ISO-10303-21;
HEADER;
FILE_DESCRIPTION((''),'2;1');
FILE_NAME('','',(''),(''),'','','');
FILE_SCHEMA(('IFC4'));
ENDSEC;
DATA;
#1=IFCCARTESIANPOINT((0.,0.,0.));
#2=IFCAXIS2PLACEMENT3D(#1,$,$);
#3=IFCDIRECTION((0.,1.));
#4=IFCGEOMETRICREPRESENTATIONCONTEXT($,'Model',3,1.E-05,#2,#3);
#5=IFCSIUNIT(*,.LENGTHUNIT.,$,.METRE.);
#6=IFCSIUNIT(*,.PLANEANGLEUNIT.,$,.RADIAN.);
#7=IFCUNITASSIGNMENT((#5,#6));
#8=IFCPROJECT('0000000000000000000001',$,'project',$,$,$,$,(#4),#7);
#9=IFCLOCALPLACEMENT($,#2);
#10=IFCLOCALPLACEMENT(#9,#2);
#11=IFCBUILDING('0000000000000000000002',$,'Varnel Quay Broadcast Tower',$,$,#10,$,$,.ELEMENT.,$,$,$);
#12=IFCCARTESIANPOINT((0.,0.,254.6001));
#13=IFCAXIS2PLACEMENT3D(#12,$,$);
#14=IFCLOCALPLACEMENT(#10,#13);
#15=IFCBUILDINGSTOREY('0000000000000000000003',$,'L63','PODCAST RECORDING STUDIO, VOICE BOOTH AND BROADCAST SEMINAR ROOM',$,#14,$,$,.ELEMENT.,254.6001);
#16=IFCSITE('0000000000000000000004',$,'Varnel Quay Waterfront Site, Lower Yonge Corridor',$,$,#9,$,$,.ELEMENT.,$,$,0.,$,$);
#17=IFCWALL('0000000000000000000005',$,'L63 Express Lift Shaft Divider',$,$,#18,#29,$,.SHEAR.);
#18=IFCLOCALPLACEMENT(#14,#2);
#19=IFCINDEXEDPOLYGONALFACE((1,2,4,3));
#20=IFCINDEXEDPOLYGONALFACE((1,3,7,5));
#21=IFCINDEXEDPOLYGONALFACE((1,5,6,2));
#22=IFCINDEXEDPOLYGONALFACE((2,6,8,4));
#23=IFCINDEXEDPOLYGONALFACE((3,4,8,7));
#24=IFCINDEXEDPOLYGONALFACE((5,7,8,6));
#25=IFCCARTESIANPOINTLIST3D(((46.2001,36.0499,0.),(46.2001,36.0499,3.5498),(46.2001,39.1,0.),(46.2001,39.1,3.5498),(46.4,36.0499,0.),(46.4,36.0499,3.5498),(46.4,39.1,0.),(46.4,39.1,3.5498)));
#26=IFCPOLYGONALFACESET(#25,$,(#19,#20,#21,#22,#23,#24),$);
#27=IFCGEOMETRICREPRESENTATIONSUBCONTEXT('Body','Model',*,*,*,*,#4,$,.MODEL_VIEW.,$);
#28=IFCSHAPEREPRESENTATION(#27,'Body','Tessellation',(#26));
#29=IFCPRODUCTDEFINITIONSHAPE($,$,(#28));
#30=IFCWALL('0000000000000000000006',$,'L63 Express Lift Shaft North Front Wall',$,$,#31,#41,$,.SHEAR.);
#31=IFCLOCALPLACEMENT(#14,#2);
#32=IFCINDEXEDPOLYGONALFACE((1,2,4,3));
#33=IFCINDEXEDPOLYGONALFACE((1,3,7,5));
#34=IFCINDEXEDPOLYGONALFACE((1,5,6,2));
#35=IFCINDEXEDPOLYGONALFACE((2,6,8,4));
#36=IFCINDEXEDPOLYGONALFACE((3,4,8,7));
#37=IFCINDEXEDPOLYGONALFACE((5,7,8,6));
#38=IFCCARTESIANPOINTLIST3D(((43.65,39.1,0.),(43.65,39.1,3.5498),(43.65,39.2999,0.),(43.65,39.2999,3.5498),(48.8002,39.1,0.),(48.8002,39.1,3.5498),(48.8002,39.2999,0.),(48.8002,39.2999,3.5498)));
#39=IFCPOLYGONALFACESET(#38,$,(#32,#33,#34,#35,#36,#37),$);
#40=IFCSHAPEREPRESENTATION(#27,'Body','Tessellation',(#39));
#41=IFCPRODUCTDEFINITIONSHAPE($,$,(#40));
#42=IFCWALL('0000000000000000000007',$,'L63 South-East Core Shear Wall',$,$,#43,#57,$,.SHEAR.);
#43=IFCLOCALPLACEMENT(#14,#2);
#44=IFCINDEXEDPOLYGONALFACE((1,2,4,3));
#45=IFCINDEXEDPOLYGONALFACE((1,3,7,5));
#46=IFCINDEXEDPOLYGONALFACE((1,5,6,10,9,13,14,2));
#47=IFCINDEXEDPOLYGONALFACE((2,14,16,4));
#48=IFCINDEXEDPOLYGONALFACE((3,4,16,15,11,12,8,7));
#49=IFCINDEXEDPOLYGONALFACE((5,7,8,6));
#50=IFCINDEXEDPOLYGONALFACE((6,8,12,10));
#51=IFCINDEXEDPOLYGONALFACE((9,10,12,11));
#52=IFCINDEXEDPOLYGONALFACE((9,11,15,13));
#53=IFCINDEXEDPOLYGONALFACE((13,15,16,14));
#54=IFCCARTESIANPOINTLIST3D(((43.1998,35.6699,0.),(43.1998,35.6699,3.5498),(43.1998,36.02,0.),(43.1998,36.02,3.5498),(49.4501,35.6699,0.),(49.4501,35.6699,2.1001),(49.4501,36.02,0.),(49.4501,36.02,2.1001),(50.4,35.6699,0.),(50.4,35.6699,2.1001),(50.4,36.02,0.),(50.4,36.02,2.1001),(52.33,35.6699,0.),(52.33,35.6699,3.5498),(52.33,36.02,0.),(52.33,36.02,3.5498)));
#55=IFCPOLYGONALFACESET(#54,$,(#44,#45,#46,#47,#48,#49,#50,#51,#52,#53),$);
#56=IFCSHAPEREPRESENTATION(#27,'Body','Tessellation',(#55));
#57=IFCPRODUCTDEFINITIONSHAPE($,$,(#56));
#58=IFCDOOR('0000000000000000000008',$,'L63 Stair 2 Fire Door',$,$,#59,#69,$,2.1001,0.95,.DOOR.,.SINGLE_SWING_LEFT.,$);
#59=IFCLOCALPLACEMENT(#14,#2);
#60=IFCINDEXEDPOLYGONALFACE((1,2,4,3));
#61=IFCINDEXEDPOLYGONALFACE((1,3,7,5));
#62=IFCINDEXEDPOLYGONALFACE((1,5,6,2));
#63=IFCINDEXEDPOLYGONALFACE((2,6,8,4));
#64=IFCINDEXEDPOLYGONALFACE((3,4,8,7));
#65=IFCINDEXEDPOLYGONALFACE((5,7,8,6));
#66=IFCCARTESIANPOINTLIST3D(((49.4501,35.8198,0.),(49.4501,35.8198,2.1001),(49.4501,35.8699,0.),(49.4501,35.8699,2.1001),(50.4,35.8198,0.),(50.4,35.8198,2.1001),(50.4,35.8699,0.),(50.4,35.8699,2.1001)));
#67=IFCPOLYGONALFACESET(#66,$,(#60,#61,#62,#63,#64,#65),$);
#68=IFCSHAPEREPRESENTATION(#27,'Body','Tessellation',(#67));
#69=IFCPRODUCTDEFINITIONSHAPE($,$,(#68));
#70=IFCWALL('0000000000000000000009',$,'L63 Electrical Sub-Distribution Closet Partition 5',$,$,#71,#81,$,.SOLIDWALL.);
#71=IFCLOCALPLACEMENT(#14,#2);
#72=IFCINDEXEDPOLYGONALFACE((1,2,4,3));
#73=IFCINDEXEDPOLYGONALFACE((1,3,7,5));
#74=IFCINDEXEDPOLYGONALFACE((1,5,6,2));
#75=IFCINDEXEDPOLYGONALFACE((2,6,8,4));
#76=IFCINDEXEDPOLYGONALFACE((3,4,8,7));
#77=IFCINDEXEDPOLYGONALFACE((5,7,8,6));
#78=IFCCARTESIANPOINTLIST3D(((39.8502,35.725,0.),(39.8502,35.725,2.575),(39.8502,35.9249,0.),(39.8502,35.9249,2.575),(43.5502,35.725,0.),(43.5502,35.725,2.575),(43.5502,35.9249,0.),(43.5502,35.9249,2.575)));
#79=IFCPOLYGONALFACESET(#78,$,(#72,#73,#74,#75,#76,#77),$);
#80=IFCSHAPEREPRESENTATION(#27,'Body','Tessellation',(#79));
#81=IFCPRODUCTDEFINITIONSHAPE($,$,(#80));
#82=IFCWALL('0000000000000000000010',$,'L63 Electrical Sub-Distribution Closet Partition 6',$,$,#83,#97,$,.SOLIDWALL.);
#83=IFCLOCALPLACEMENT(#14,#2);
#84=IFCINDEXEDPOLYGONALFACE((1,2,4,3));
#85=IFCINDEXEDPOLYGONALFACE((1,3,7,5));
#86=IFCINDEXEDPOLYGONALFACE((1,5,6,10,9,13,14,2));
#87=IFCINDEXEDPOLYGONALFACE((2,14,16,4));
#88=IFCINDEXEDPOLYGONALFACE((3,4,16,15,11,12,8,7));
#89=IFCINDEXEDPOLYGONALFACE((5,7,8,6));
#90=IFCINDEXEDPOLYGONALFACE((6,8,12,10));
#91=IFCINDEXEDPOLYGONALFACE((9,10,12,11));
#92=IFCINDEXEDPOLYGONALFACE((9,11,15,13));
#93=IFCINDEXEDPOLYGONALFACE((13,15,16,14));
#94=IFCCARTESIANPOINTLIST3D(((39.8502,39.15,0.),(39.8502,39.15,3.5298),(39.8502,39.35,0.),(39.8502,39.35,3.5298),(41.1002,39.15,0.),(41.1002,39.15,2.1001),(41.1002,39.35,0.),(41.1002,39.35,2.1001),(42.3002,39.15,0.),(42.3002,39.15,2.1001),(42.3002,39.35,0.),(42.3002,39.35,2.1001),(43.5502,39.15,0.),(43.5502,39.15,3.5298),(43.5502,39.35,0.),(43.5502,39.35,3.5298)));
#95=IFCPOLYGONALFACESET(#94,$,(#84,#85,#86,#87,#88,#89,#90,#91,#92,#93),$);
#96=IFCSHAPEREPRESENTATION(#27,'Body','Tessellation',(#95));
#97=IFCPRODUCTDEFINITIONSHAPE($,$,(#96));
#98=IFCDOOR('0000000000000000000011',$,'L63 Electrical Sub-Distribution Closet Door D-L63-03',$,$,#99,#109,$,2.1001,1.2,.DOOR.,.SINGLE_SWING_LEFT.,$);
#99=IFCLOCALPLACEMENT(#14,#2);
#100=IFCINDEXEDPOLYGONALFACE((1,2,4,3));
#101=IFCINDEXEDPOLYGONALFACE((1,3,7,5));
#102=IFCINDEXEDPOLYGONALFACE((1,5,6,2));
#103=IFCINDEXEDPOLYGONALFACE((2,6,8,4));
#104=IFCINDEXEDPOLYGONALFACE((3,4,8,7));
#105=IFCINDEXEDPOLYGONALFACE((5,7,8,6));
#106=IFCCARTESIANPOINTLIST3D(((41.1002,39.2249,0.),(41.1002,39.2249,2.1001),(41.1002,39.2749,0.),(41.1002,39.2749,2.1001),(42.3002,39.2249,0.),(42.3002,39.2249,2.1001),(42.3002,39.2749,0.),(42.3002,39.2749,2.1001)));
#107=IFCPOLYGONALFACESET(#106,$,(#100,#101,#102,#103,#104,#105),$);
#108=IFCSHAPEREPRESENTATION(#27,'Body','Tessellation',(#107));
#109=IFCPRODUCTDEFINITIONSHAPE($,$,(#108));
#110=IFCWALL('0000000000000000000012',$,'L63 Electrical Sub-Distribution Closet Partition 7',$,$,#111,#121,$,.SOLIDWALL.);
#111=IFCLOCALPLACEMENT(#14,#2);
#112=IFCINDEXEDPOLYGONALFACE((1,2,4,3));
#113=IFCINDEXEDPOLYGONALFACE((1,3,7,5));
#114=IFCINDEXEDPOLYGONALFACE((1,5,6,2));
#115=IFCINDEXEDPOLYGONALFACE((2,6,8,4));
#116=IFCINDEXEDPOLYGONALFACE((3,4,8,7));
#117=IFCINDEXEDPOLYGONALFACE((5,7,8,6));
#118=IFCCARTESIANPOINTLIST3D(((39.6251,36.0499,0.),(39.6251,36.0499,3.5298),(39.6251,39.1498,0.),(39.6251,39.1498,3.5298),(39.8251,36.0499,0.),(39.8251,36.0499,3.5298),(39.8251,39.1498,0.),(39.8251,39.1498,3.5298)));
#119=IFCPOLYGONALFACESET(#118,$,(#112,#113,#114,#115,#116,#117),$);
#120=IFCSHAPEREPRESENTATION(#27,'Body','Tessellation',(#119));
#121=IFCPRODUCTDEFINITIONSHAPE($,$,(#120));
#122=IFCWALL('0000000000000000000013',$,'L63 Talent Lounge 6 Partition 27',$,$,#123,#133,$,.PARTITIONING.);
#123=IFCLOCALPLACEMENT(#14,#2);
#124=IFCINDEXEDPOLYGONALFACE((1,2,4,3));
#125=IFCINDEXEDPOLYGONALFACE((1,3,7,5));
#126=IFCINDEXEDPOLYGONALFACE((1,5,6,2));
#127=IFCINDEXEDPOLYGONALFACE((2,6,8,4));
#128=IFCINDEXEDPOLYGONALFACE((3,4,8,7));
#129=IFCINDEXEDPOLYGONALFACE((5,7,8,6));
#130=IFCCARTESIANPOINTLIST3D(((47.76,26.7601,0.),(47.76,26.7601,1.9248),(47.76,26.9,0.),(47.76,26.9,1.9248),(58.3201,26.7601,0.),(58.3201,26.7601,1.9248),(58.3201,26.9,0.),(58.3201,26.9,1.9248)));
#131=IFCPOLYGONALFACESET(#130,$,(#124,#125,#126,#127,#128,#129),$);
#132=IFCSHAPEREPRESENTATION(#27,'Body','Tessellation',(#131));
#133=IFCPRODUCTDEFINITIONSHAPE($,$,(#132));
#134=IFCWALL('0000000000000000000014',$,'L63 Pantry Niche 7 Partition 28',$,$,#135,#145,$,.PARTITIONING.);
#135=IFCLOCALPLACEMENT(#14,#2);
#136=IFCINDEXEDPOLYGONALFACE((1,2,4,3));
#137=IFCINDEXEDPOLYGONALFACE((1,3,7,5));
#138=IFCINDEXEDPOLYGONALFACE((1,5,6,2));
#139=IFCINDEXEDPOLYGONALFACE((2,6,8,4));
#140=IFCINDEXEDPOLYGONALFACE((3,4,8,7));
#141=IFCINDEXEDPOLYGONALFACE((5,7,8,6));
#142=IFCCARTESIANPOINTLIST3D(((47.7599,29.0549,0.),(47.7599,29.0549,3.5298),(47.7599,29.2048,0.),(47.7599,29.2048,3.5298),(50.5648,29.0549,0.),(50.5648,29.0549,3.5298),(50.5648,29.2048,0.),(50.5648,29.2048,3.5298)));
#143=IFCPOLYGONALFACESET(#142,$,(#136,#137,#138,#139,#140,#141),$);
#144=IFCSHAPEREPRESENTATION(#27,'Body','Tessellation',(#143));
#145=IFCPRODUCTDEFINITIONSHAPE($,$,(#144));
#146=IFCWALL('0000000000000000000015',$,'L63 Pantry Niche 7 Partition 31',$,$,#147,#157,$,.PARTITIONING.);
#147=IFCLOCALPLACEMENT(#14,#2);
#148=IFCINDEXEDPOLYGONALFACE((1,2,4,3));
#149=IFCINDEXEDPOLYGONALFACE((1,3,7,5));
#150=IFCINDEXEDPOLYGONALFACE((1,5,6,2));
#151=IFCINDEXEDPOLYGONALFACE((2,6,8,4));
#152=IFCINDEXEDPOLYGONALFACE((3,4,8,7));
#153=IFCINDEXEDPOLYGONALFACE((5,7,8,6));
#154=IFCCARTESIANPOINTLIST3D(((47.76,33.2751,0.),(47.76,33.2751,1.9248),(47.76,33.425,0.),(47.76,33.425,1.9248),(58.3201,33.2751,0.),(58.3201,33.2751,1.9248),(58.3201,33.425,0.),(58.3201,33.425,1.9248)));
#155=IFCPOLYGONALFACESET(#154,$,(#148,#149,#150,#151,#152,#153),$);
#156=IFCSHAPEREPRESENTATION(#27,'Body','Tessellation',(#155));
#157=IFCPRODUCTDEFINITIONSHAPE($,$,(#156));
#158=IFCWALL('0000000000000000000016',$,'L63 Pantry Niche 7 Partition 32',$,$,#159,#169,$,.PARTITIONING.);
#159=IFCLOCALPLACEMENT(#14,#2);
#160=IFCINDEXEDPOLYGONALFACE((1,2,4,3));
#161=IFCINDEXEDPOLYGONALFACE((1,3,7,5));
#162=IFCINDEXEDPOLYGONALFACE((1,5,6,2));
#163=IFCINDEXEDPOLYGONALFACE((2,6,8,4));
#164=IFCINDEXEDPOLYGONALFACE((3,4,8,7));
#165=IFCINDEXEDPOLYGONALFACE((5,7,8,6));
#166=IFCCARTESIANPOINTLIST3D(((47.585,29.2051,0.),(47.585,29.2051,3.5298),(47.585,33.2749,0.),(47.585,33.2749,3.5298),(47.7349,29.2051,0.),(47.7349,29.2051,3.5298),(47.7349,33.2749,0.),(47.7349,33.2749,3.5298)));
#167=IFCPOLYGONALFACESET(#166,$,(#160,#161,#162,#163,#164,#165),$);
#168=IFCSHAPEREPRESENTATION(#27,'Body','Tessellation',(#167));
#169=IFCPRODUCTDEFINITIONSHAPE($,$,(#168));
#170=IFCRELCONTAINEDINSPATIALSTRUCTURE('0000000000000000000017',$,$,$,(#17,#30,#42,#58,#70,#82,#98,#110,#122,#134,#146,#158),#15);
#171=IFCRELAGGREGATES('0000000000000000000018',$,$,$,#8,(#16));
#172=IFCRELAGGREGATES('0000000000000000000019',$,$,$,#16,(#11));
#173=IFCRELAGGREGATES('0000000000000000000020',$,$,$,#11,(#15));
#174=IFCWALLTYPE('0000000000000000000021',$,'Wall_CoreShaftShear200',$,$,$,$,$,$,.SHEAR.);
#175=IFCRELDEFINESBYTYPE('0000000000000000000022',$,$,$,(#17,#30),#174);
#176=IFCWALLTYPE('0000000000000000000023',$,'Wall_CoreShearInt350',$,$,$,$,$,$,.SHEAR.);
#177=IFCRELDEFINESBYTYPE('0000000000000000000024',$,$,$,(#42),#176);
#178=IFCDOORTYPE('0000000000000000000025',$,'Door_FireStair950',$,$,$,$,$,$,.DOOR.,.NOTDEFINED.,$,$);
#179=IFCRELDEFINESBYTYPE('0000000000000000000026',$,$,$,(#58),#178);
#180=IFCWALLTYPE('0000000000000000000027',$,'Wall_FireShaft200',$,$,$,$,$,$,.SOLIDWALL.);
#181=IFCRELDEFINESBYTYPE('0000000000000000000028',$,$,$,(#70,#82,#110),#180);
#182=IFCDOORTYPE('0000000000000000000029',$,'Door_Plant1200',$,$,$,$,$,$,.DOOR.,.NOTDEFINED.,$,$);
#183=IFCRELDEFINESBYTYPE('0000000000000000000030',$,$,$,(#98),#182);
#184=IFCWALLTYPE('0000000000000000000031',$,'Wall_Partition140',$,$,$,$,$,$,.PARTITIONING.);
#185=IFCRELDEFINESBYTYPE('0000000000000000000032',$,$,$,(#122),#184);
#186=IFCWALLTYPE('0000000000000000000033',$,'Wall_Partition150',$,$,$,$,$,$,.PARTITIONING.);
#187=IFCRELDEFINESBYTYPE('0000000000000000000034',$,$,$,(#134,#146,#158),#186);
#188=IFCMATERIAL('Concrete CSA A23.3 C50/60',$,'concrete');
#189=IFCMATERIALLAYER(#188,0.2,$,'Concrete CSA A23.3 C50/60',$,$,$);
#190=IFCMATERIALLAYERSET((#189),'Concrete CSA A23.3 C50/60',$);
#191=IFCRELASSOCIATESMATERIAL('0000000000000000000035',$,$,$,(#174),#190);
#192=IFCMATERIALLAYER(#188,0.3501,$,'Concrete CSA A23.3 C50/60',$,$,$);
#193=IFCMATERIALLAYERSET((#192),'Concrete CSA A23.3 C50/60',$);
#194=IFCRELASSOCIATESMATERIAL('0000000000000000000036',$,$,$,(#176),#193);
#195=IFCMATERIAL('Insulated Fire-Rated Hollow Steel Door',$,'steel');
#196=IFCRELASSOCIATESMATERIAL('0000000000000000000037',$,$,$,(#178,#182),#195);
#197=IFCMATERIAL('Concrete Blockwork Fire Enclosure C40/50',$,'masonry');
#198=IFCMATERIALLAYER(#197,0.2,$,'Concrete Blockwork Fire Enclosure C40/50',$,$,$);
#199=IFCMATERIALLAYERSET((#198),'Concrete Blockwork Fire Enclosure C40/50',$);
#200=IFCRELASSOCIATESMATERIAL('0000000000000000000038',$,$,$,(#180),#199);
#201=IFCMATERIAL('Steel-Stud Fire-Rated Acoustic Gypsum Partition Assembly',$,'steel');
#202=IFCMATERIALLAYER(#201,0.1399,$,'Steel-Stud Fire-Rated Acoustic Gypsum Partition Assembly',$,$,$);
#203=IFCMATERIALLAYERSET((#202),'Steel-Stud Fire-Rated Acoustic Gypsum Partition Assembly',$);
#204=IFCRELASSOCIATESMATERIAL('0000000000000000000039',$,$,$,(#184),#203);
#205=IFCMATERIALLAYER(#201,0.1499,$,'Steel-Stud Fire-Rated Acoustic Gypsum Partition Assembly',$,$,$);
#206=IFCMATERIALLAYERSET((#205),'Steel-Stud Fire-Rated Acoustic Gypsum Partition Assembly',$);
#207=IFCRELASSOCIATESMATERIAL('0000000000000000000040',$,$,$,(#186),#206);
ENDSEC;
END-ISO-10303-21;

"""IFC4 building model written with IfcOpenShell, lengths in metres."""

from ifc_helpers import new_model, si_unit, direction, frame, frame_2d, origin, place, context, subcontext, project, spatial, rectangle, extrude, source, transform, mapped, material, layer, layer_set, type_object, type_shapes, element, fill, save


model = new_model("IFC4")

# Units and contexts
model_context = context("Model", 3, precision=1e-05, world=origin(), true_north=direction((0.0, 1.0)))
body_context = subcontext(model_context, "Body", "Model", "MODEL_VIEW")
ifc_project = project(units=[si_unit("LENGTHUNIT", "METRE"), si_unit("PLANEANGLEUNIT", "RADIAN")], contexts=[model_context])

# Site, building, storey
site_placement = place(None, origin())
site = spatial("IfcSite", under=ifc_project, at=site_placement, Name="Varnel Quay Waterfront Site, Lower Yonge Corridor", CompositionType="ELEMENT", RefElevation=0.0)
building_placement = place(site_placement, origin())
building = spatial("IfcBuilding", under=site, at=building_placement, Name="Varnel Quay Broadcast Tower", CompositionType="ELEMENT")
storey_placement = place(building_placement, frame((0.0, 0.0, 254.6001)))
storey = spatial("IfcBuildingStorey", under=building, at=storey_placement, Name="L63", Description="PODCAST RECORDING STUDIO, VOICE BOOTH AND BROADCAST SEMINAR ROOM", CompositionType="ELEMENT", Elevation=254.6001)

# Shared definitions
ifc_material_1 = material(Name="Concrete CSA A23.3 C50/60", Category="concrete")

# Walls
ifc_layer_1 = layer(ifc_material_1, 0.2, Name="Concrete CSA A23.3 C50/60")
ifc_layer_set_1 = layer_set([ifc_layer_1], Name="Concrete CSA A23.3 C50/60")
wall_type_1 = type_object("IfcWallType", Name="Wall_CoreShaftShear200", PredefinedType="SHEAR", material=ifc_layer_set_1)
for number, where, z_axis, x_axis, name in (
    (1, (46.3, 36.05, 0.0), (0.0, 0.0, 1.0), (0.0, 1.0, 0.0), "L63 Express Lift Shaft Divider"),
):
    element("IfcWall", number, at=place(storey_placement, frame(where, z_axis=z_axis, x_axis=x_axis)), inside=storey, type_object=wall_type_1, Name=name, PredefinedType="SHEAR", context=body_context, shape_type="SweptSolid", body=[
        extrude(rectangle(XDim=3.05, YDim=0.2, at=frame_2d((1.5249, 0.0))), origin(), (0.0, 0.0, 1.0), 3.5498),
    ])
wall_1_placement = place(storey_placement, frame((43.6499, 39.2, 0.0), z_axis=(0.0, 0.0, 1.0), x_axis=(1.0, 0.0, 0.0)))
element("IfcWall", 2, at=wall_1_placement, inside=storey, type_object=wall_type_1, Name="L63 Express Lift Shaft North Front Wall", PredefinedType="SHEAR", context=body_context, shape_type="SweptSolid", body=[
    extrude(rectangle(XDim=5.1501, YDim=0.2, at=frame_2d((2.5752, 0.0))), origin(), (0.0, 0.0, 1.0), 3.5498),
])

# Wall, opening, door
ifc_layer_2 = layer(ifc_material_1, 0.3501, Name="Concrete CSA A23.3 C50/60")
ifc_layer_set_2 = layer_set([ifc_layer_2], Name="Concrete CSA A23.3 C50/60")
wall_type_2 = type_object("IfcWallType", Name="Wall_CoreShearInt350", PredefinedType="SHEAR", material=ifc_layer_set_2)
wall_2_placement = place(storey_placement, frame((43.2, 35.845, 0.0), z_axis=(0.0, 0.0, 1.0), x_axis=(1.0, 0.0, 0.0)))
wall_2 = element("IfcWall", 3, at=wall_2_placement, inside=storey, type_object=wall_type_2, Name="L63 South-East Core Shear Wall", PredefinedType="SHEAR", context=body_context, shape_type="SweptSolid", body=[
    extrude(rectangle(XDim=9.1301, YDim=0.3501, at=frame_2d((4.5649, 0.0))), origin(), (0.0, 0.0, 1.0), 3.5498),
])
opening_1_placement = place(wall_2_placement, frame((6.25, 0.0, 0.0)))
opening_1 = element("IfcOpeningElement", 4, at=opening_1_placement, cuts=wall_2, PredefinedType="OPENING", context=body_context, shape_type="SweptSolid", body=[
    extrude(rectangle(XDim=0.95, YDim=2.1001, at=frame_2d((0.4751, 1.05))), frame((0.0, 0.1851, 0.0), z_axis=(0.0, -1.0, 0.0), x_axis=(1.0, 0.0, 0.0)), (0.0, 0.0, 1.0), 0.3701),
])
ifc_material_2 = material(Name="Insulated Fire-Rated Hollow Steel Door", Category="steel")
door_type_1 = type_object("IfcDoorType", Name="Door_FireStair950", OperationType="NOTDEFINED", PredefinedType="DOOR", material=ifc_material_2)
shared_shape_1 = source(origin(), body_context, "Body", "SweptSolid", [
    extrude(rectangle(XDim=0.95, YDim=2.1001, at=frame_2d((0.4751, 1.05))), frame((0.0, 0.0249, 0.0), z_axis=(0.0, -1.0, 0.0), x_axis=(1.0, 0.0, 0.0)), (0.0, 0.0, 1.0), 0.05),
])
type_shapes(door_type_1, [shared_shape_1])
door_1_placement = place(opening_1_placement, origin())
door_1 = element("IfcDoor", 5, at=door_1_placement, inside=storey, type_object=door_type_1, Name="L63 Stair 2 Fire Door", OperationType="SINGLE_SWING_LEFT", OverallHeight=2.1001, OverallWidth=0.95, PredefinedType="DOOR", context=body_context, shape_type="MappedRepresentation", body=[
    mapped(shared_shape_1, transform((0.0, 0.0, 0.0), x_axis=(1.0, 0.0, 0.0), y_axis=(0.0, 1.0, 0.0), z_axis=(0.0, 0.0, 1.0), scale=1.0)),
])
fill(opening_1, door_1)

# Wall
ifc_material_3 = material(Name="Concrete Blockwork Fire Enclosure C40/50", Category="masonry")
ifc_layer_3 = layer(ifc_material_3, 0.2, Name="Concrete Blockwork Fire Enclosure C40/50")
ifc_layer_set_3 = layer_set([ifc_layer_3], Name="Concrete Blockwork Fire Enclosure C40/50")
wall_type_3 = type_object("IfcWallType", Name="Wall_FireShaft200", PredefinedType="SOLIDWALL", material=ifc_layer_set_3)
wall_3_placement = place(storey_placement, frame((39.8501, 35.825, 0.0), z_axis=(0.0, 0.0, 1.0), x_axis=(1.0, 0.0, 0.0)))
element("IfcWall", 6, at=wall_3_placement, inside=storey, type_object=wall_type_3, Name="L63 Electrical Sub-Distribution Closet Partition 5", PredefinedType="SOLIDWALL", context=body_context, shape_type="SweptSolid", body=[
    extrude(rectangle(XDim=3.7, YDim=0.2, at=frame_2d((1.8501, 0.0))), origin(), (0.0, 0.0, 1.0), 2.575),
])

# Wall, opening, door
wall_4_placement = place(storey_placement, frame((39.8501, 39.25, 0.0), z_axis=(0.0, 0.0, 1.0), x_axis=(1.0, 0.0, 0.0)))
wall_4 = element("IfcWall", 7, at=wall_4_placement, inside=storey, type_object=wall_type_3, Name="L63 Electrical Sub-Distribution Closet Partition 6", PredefinedType="SOLIDWALL", context=body_context, shape_type="SweptSolid", body=[
    extrude(rectangle(XDim=3.7, YDim=0.2, at=frame_2d((1.8501, 0.0))), origin(), (0.0, 0.0, 1.0), 3.5298),
])
opening_2_placement = place(wall_4_placement, frame((1.25, 0.0, 0.0)))
opening_2 = element("IfcOpeningElement", 8, at=opening_2_placement, cuts=wall_4, PredefinedType="OPENING", context=body_context, shape_type="SweptSolid", body=[
    extrude(rectangle(XDim=1.2, YDim=2.1001, at=frame_2d((0.6001, 1.05))), frame((0.0, 0.1099, 0.0), z_axis=(0.0, -1.0, 0.0), x_axis=(1.0, 0.0, 0.0)), (0.0, 0.0, 1.0), 0.22),
])
door_type_2 = type_object("IfcDoorType", Name="Door_Plant1200", OperationType="NOTDEFINED", PredefinedType="DOOR", material=ifc_material_2)
shared_shape_2 = source(origin(), body_context, "Body", "SweptSolid", [
    extrude(rectangle(XDim=1.2, YDim=2.1001, at=frame_2d((0.6001, 1.05))), frame((0.0, 0.0249, 0.0), z_axis=(0.0, -1.0, 0.0), x_axis=(1.0, 0.0, 0.0)), (0.0, 0.0, 1.0), 0.05),
])
type_shapes(door_type_2, [shared_shape_2])
door_2_placement = place(opening_2_placement, origin())
door_2 = element("IfcDoor", 9, at=door_2_placement, inside=storey, type_object=door_type_2, Name="L63 Electrical Sub-Distribution Closet Door D-L63-03", OperationType="SINGLE_SWING_LEFT", OverallHeight=2.1001, OverallWidth=1.2, PredefinedType="DOOR", context=body_context, shape_type="MappedRepresentation", body=[
    mapped(shared_shape_2, transform((0.0, 0.0, 0.0), x_axis=(1.0, 0.0, 0.0), y_axis=(0.0, 1.0, 0.0), z_axis=(0.0, 0.0, 1.0), scale=1.0)),
])
fill(opening_2, door_2)

# Walls
wall_5_placement = place(storey_placement, frame((39.7251, 36.05, 0.0), z_axis=(0.0, 0.0, 1.0), x_axis=(0.0, 1.0, 0.0)))
element("IfcWall", 10, at=wall_5_placement, inside=storey, type_object=wall_type_3, Name="L63 Electrical Sub-Distribution Closet Partition 7", PredefinedType="SOLIDWALL", context=body_context, shape_type="SweptSolid", body=[
    extrude(rectangle(XDim=3.0999, YDim=0.2, at=frame_2d((1.5498, 0.0))), origin(), (0.0, 0.0, 1.0), 3.5298),
])
ifc_material_4 = material(Name="Steel-Stud Fire-Rated Acoustic Gypsum Partition Assembly", Category="steel")
ifc_layer_4 = layer(ifc_material_4, 0.1399, Name="Steel-Stud Fire-Rated Acoustic Gypsum Partition Assembly")
ifc_layer_set_4 = layer_set([ifc_layer_4], Name="Steel-Stud Fire-Rated Acoustic Gypsum Partition Assembly")
wall_type_4 = type_object("IfcWallType", Name="Wall_Partition140", PredefinedType="PARTITIONING", material=ifc_layer_set_4)
wall_6_placement = place(storey_placement, frame((47.76, 26.8301, 0.0), z_axis=(0.0, 0.0, 1.0), x_axis=(1.0, 0.0, 0.0)))
element("IfcWall", 11, at=wall_6_placement, inside=storey, type_object=wall_type_4, Name="L63 Talent Lounge 6 Partition 27", PredefinedType="PARTITIONING", context=body_context, shape_type="SweptSolid", body=[
    extrude(rectangle(XDim=10.5601, YDim=0.1399, at=frame_2d((5.28, 0.0))), origin(), (0.0, 0.0, 1.0), 1.9248),
])
ifc_layer_5 = layer(ifc_material_4, 0.1499, Name="Steel-Stud Fire-Rated Acoustic Gypsum Partition Assembly")
ifc_layer_set_5 = layer_set([ifc_layer_5], Name="Steel-Stud Fire-Rated Acoustic Gypsum Partition Assembly")
wall_type_5 = type_object("IfcWallType", Name="Wall_Partition150", PredefinedType="PARTITIONING", material=ifc_layer_set_5)
wall_7_placement = place(storey_placement, frame((47.76, 29.1299, 0.0), z_axis=(0.0, 0.0, 1.0), x_axis=(1.0, 0.0, 0.0)))
element("IfcWall", 12, at=wall_7_placement, inside=storey, type_object=wall_type_5, Name="L63 Pantry Niche 7 Partition 28", PredefinedType="PARTITIONING", context=body_context, shape_type="SweptSolid", body=[
    extrude(rectangle(XDim=2.8049, YDim=0.1499, at=frame_2d((1.4023, 0.0))), origin(), (0.0, 0.0, 1.0), 3.5298),
])
wall_8_placement = place(storey_placement, frame((47.76, 33.3501, 0.0), z_axis=(0.0, 0.0, 1.0), x_axis=(1.0, 0.0, 0.0)))
element("IfcWall", 13, at=wall_8_placement, inside=storey, type_object=wall_type_5, Name="L63 Pantry Niche 7 Partition 31", PredefinedType="PARTITIONING", context=body_context, shape_type="SweptSolid", body=[
    extrude(rectangle(XDim=10.5601, YDim=0.1499, at=frame_2d((5.28, 0.0))), origin(), (0.0, 0.0, 1.0), 1.9248),
])
wall_9_placement = place(storey_placement, frame((47.6599, 29.2051, 0.0), z_axis=(0.0, 0.0, 1.0), x_axis=(0.0, 1.0, 0.0)))
element("IfcWall", 14, at=wall_9_placement, inside=storey, type_object=wall_type_5, Name="L63 Pantry Niche 7 Partition 32", PredefinedType="PARTITIONING", context=body_context, shape_type="SweptSolid", body=[
    extrude(rectangle(XDim=4.0698, YDim=0.1499, at=frame_2d((2.0349, 0.0))), origin(), (0.0, 0.0, 1.0), 3.5298),
])

save(model, "model.ifc")
